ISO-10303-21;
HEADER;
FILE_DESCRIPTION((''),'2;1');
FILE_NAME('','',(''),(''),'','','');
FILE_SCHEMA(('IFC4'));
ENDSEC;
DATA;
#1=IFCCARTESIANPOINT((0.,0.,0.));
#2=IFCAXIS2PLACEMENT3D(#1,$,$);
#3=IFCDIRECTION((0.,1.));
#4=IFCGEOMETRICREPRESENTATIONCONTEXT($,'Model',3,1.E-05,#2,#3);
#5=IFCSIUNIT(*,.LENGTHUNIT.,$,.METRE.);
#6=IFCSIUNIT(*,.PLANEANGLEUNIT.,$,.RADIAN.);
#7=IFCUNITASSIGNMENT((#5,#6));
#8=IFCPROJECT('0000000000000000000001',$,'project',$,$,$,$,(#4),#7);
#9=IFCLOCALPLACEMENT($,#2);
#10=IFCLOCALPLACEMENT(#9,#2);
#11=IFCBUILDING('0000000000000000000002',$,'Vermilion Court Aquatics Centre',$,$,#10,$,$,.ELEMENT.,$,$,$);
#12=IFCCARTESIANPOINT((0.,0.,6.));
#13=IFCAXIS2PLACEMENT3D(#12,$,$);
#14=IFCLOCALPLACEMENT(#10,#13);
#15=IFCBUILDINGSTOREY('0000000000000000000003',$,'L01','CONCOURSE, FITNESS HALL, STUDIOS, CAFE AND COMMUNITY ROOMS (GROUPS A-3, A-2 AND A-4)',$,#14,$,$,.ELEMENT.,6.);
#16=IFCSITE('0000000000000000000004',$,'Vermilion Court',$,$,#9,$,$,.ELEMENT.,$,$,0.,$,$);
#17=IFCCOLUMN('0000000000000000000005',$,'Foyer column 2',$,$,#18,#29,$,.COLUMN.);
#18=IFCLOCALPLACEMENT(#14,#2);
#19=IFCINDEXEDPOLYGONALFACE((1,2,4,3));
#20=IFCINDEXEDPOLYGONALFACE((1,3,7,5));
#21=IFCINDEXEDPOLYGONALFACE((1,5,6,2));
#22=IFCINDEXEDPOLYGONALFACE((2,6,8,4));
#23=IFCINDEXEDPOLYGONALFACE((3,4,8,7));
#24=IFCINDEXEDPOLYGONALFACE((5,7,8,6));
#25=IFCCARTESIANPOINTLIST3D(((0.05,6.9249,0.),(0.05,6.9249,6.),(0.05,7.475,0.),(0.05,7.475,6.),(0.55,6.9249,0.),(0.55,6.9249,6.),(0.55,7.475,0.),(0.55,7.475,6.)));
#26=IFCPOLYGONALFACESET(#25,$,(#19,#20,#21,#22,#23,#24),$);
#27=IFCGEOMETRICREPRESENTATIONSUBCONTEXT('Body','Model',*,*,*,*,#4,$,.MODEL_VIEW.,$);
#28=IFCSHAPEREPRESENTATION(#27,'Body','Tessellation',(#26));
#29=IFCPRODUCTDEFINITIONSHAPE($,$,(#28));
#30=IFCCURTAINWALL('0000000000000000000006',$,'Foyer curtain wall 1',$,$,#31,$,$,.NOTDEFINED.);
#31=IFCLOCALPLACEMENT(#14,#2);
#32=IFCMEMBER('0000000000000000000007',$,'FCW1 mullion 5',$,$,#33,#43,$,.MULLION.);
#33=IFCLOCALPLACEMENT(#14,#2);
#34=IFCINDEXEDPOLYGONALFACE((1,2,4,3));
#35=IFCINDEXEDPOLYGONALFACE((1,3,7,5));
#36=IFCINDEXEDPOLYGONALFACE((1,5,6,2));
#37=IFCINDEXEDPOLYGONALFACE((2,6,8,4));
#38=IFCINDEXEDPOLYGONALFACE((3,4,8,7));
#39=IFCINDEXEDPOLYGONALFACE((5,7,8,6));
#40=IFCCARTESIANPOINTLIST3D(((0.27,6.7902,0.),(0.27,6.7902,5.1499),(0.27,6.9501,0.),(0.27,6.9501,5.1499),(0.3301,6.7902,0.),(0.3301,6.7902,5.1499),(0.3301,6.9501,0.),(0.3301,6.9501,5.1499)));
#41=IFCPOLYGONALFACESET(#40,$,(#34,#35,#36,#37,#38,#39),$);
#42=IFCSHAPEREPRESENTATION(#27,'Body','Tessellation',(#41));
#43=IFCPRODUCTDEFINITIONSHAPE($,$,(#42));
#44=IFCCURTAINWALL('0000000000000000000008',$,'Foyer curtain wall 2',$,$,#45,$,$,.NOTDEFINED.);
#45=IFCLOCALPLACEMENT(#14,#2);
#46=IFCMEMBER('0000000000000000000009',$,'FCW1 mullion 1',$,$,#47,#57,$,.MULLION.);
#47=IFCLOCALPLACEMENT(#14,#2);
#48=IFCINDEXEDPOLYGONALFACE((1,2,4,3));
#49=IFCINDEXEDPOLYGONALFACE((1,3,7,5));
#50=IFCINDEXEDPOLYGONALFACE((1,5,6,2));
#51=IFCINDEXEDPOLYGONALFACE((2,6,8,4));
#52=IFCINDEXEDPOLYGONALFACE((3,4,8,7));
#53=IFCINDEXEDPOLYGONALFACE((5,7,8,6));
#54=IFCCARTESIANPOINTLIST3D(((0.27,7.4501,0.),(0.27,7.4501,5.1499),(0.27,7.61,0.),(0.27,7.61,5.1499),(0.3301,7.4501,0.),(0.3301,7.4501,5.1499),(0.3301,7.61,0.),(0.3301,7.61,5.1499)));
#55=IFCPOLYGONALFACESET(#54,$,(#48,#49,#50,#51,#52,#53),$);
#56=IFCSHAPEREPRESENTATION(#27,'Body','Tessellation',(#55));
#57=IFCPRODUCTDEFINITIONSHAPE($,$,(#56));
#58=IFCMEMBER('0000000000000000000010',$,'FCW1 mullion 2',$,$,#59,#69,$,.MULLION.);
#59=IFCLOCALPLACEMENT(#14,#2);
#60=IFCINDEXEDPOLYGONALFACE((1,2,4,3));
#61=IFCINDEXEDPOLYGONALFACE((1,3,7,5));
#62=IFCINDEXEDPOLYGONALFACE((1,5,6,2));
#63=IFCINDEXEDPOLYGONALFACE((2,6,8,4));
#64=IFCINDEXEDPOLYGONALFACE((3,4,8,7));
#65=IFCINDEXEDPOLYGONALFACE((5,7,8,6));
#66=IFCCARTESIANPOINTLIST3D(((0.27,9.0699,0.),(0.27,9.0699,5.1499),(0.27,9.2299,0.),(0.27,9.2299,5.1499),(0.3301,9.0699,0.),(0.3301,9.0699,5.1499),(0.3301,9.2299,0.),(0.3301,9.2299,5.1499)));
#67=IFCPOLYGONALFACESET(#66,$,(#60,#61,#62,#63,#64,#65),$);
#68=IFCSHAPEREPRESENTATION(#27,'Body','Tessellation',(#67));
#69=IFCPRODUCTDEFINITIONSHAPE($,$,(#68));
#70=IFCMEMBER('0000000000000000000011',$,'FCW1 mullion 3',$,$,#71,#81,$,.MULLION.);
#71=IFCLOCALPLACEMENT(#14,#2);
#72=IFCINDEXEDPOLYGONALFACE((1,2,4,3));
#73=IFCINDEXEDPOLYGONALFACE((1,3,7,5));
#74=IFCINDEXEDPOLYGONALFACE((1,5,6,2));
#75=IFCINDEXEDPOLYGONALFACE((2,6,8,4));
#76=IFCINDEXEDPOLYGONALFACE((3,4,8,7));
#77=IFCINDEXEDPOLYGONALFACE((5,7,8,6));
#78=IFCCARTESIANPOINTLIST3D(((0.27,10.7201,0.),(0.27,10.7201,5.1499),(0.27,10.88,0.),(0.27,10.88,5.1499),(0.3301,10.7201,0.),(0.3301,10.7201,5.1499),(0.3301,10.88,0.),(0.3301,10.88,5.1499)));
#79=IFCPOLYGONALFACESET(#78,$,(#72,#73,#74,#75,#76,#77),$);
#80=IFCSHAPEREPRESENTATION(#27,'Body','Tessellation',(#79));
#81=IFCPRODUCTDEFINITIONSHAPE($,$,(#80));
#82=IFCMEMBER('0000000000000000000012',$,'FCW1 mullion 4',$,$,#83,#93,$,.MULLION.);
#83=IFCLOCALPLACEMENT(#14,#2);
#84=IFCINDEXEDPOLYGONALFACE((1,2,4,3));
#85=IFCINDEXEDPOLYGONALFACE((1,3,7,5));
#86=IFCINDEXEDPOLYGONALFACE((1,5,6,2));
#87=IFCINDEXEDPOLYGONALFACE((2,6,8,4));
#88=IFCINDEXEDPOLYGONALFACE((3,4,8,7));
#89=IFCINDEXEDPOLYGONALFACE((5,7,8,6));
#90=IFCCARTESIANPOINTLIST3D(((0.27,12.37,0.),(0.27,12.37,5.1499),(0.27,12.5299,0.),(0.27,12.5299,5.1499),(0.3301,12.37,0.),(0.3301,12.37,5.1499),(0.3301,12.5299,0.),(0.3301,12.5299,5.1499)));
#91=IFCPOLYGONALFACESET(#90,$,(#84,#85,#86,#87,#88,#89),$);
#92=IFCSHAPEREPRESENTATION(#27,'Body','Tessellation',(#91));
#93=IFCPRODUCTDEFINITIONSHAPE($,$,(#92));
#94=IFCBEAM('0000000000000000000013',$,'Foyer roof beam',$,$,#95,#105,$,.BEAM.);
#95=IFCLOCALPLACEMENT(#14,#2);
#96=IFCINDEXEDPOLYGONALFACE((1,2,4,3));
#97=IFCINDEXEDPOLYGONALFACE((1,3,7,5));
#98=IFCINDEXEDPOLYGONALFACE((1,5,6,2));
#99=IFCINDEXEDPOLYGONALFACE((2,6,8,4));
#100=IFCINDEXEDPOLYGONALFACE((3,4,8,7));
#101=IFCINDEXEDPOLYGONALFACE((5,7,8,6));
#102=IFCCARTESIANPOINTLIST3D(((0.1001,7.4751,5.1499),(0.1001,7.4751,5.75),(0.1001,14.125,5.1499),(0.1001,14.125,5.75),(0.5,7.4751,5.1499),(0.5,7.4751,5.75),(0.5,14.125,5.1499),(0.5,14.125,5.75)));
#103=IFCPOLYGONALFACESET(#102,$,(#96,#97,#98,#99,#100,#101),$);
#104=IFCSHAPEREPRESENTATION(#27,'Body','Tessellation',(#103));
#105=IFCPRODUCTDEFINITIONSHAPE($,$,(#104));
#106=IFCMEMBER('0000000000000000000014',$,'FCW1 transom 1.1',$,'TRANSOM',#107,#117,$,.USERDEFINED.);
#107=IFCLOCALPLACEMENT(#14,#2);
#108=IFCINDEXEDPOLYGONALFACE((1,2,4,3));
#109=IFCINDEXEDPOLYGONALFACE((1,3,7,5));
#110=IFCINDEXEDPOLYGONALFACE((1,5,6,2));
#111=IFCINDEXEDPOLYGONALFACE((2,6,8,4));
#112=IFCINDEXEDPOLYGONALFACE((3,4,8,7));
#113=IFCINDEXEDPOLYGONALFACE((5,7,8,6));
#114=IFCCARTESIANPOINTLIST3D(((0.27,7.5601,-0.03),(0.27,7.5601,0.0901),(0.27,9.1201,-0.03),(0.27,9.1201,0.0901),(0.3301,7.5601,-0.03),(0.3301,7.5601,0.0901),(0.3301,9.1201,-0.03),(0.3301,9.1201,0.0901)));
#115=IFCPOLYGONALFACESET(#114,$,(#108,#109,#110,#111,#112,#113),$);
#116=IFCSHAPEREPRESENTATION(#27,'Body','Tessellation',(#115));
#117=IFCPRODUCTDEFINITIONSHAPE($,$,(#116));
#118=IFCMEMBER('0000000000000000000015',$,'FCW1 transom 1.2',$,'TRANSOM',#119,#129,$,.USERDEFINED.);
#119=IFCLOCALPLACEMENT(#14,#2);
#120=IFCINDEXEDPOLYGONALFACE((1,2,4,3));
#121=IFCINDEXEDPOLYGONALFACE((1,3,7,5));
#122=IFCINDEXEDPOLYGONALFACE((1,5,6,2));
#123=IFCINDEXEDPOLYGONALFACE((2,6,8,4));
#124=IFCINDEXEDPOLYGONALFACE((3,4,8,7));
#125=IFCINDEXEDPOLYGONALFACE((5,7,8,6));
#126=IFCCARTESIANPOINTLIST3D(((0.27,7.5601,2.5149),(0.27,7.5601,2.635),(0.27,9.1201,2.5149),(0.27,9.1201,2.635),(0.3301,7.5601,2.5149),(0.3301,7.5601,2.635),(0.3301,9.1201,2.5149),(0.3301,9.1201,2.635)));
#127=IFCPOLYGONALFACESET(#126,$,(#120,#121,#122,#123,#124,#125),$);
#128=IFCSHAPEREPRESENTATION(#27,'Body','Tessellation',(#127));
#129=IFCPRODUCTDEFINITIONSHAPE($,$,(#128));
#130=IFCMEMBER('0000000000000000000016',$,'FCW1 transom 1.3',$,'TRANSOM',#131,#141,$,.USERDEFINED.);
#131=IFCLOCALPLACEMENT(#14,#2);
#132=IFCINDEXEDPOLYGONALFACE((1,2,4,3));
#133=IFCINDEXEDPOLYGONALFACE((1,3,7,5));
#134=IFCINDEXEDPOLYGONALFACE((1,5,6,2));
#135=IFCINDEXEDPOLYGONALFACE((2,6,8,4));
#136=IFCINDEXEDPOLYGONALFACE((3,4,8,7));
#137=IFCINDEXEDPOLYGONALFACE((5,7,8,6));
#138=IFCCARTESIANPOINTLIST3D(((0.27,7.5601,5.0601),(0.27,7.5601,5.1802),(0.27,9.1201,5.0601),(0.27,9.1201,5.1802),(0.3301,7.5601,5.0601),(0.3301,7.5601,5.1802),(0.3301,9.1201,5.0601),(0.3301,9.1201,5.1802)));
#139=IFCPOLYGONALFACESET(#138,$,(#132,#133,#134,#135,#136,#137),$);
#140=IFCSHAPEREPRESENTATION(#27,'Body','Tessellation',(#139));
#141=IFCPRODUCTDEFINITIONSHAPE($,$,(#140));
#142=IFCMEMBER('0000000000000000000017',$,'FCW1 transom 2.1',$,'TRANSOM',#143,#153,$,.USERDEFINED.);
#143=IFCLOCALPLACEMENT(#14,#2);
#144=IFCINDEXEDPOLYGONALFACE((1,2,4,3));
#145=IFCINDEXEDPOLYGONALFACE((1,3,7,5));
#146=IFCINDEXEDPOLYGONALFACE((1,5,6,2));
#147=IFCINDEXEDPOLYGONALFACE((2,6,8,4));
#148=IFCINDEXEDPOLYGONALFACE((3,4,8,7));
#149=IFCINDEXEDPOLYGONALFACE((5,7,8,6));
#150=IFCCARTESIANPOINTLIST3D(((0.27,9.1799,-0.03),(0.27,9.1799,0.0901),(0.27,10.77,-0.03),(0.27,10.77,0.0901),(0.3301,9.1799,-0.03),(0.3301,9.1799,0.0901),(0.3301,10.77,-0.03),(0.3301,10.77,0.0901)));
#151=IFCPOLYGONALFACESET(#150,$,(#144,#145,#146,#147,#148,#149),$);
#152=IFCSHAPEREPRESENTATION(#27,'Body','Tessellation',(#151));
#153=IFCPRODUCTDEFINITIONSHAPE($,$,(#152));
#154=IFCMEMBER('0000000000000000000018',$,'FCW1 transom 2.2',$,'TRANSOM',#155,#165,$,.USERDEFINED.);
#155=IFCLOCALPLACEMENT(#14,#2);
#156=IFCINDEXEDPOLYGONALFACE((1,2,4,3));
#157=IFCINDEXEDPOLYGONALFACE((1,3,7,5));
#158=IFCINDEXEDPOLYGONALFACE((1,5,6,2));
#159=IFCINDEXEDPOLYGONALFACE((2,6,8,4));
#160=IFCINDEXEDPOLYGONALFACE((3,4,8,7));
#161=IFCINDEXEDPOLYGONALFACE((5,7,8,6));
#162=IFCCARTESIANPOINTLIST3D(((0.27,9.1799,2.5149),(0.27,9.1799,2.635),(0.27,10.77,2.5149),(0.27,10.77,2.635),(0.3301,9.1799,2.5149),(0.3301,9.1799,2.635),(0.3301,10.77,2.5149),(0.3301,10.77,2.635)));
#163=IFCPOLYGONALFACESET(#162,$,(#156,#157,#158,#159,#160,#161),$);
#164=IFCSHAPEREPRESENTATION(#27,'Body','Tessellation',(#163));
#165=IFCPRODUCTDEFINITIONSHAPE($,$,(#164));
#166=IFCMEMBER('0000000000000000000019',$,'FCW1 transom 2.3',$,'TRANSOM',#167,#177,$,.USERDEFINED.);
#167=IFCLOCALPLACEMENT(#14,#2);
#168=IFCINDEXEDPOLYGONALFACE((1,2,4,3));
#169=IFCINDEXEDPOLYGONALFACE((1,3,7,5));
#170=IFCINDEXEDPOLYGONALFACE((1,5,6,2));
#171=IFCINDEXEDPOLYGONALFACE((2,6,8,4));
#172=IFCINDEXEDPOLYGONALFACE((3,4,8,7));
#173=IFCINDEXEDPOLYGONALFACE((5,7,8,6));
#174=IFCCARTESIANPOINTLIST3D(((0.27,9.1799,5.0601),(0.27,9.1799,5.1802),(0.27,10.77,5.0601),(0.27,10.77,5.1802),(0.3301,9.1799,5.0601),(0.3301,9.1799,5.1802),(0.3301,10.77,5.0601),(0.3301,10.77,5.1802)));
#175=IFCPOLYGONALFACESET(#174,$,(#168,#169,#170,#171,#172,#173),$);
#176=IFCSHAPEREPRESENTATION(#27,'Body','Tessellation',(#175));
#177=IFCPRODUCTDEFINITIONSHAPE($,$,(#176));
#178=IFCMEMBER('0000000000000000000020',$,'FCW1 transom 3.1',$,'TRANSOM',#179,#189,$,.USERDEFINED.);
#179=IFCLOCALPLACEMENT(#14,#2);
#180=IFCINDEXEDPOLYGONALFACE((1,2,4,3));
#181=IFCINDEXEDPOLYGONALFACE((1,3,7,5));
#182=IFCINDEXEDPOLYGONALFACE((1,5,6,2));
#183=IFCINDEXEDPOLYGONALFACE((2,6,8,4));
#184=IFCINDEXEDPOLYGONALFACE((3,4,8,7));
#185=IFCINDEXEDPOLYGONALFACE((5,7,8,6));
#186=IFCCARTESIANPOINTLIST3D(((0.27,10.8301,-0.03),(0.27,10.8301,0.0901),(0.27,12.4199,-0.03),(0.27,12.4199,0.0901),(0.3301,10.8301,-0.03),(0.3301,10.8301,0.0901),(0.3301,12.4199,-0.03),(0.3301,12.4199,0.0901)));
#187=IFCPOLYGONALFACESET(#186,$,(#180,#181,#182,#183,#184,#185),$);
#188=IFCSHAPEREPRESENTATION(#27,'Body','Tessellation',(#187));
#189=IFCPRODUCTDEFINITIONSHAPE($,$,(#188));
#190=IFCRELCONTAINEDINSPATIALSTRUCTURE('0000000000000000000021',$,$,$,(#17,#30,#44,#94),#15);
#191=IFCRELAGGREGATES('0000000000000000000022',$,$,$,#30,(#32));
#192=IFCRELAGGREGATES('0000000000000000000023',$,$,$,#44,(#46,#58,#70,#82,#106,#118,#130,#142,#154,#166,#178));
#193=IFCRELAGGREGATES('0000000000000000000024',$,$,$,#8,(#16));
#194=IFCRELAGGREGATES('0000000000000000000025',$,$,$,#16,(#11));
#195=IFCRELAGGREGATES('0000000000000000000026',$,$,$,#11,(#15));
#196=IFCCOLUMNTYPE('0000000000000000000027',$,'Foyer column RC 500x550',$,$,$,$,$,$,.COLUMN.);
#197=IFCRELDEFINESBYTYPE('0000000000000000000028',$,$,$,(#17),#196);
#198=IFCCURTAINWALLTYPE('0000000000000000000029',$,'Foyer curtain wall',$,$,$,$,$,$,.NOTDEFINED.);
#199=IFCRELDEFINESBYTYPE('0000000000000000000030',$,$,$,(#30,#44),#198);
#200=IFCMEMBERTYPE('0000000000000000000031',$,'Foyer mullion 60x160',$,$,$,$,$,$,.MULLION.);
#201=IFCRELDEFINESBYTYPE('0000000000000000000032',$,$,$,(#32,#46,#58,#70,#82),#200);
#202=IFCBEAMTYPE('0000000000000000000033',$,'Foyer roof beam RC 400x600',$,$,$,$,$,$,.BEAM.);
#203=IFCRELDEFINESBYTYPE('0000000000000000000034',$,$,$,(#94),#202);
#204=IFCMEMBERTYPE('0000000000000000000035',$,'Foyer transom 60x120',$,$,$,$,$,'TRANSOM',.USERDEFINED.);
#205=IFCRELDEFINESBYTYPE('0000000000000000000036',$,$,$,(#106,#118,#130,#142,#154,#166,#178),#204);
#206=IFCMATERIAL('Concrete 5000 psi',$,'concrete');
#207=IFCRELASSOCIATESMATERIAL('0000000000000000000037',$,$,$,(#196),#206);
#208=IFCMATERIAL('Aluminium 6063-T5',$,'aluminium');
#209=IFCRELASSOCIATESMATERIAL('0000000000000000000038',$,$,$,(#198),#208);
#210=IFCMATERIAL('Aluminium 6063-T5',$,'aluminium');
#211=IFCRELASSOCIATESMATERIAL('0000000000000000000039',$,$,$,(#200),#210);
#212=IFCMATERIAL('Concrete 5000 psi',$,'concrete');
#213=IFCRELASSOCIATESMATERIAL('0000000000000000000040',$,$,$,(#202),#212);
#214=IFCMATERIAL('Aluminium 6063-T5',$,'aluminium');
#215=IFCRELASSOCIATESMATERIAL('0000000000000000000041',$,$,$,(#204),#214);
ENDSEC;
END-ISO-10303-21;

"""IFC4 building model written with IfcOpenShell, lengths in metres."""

from ifc_helpers import new_model, si_unit, direction, frame, origin, origin_2d, place, context, subcontext, project, spatial, rectangle, extrude, material, material_profile, profile_set, type_object, element, aggregate, save


model = new_model("IFC4")

# Units and contexts
model_context = context("Model", 3, precision=1e-05, world=origin(), true_north=direction((0.0, 1.0)))
body_context = subcontext(model_context, "Body", "Model", "MODEL_VIEW")
ifc_project = project(units=[si_unit("LENGTHUNIT", "METRE"), si_unit("PLANEANGLEUNIT", "RADIAN")], contexts=[model_context])

# Site, building, storey
site_placement = place(None, origin())
site = spatial("IfcSite", under=ifc_project, at=site_placement, Name="Vermilion Court", CompositionType="ELEMENT", RefElevation=0.0)
building_placement = place(site_placement, origin())
building = spatial("IfcBuilding", under=site, at=building_placement, Name="Vermilion Court Aquatics Centre", CompositionType="ELEMENT")
storey_placement = place(building_placement, frame((0.0, 0.0, 6.0)))
storey = spatial("IfcBuildingStorey", under=building, at=storey_placement, Name="L01", Description="CONCOURSE, FITNESS HALL, STUDIOS, CAFE AND COMMUNITY ROOMS (GROUPS A-3, A-2 AND A-4)", CompositionType="ELEMENT", Elevation=6.0)

# Column
ifc_material_1 = material(Name="Concrete 5000 psi", Category="concrete")
ifc_material_profile_1 = material_profile(ifc_material_1, rectangle(XDim=0.5, YDim=0.55, at=origin_2d()), Name="RC 500x550")
ifc_profile_set_1 = profile_set([ifc_material_profile_1], Name="Concrete 5000 psi")
column_type = type_object("IfcColumnType", Name="Foyer column RC 500x550", PredefinedType="COLUMN", material=ifc_profile_set_1)
column_placement = place(storey_placement, frame((0.3, 7.2, 0.0), z_axis=(0.0, 0.0, 1.0), x_axis=(1.0, 0.0, 0.0)))
element("IfcColumn", 1, at=column_placement, inside=storey, type_object=column_type, Name="Foyer column 2", PredefinedType="COLUMN", context=body_context, shape_type="SweptSolid", body=[
    extrude(rectangle(XDim=0.5, YDim=0.55, at=origin_2d()), origin(), (0.0, 0.0, 1.0), 6.0),
])

# Curtain wall, member
ifc_material_2 = material(Name="Aluminium 6063-T5", Category="aluminium")
curtain_wall_type = type_object("IfcCurtainWallType", Name="Foyer curtain wall", PredefinedType="NOTDEFINED", material=ifc_material_2)
curtain_wall_1_placement = place(storey_placement, origin())
curtain_wall_1 = element("IfcCurtainWall", 2, at=curtain_wall_1_placement, inside=storey, type_object=curtain_wall_type, Name="Foyer curtain wall 1", PredefinedType="NOTDEFINED")
ifc_material_3 = material(Name="Aluminium 6063-T5", Category="aluminium")
ifc_material_profile_2 = material_profile(ifc_material_3, rectangle(XDim=0.0601, YDim=0.1599, at=origin_2d()), Name="Aluminium 60x160")
ifc_profile_set_2 = profile_set([ifc_material_profile_2], Name="Aluminium 6063-T5")
member_type_1 = type_object("IfcMemberType", Name="Foyer mullion 60x160", PredefinedType="MULLION", material=ifc_profile_set_2)
member_1_placement = place(storey_placement, frame((0.3, 6.8701, 0.0), z_axis=(0.0, 0.0, 1.0), x_axis=(-1.0, 0.0, 0.0)))
member_1 = element("IfcMember", 3, at=member_1_placement, type_object=member_type_1, Name="FCW1 mullion 5", PredefinedType="MULLION", context=body_context, shape_type="SweptSolid", body=[
    extrude(rectangle(XDim=0.0601, YDim=0.1599, at=origin_2d()), origin(), (0.0, 0.0, 1.0), 5.1499),
])
aggregate(curtain_wall_1, [member_1])

# Curtain wall, members
curtain_wall_2_placement = place(storey_placement, origin())
curtain_wall_2 = element("IfcCurtainWall", 4, at=curtain_wall_2_placement, inside=storey, type_object=curtain_wall_type, Name="Foyer curtain wall 2", PredefinedType="NOTDEFINED")
member_2_placement = place(storey_placement, frame((0.3, 7.53, 0.0), z_axis=(0.0, 0.0, 1.0), x_axis=(-1.0, 0.0, 0.0)))
member_2 = element("IfcMember", 5, at=member_2_placement, type_object=member_type_1, Name="FCW1 mullion 1", PredefinedType="MULLION", context=body_context, shape_type="SweptSolid", body=[
    extrude(rectangle(XDim=0.0601, YDim=0.1599, at=origin_2d()), origin(), (0.0, 0.0, 1.0), 5.1499),
])
member_3_placement = place(storey_placement, frame((0.3, 9.1499, 0.0), z_axis=(0.0, 0.0, 1.0), x_axis=(-1.0, 0.0, 0.0)))
member_3 = element("IfcMember", 6, at=member_3_placement, type_object=member_type_1, Name="FCW1 mullion 2", PredefinedType="MULLION", context=body_context, shape_type="SweptSolid", body=[
    extrude(rectangle(XDim=0.0601, YDim=0.1599, at=origin_2d()), origin(), (0.0, 0.0, 1.0), 5.1499),
])
member_4_placement = place(storey_placement, frame((0.3, 10.8, 0.0), z_axis=(0.0, 0.0, 1.0), x_axis=(-1.0, 0.0, 0.0)))
member_4 = element("IfcMember", 7, at=member_4_placement, type_object=member_type_1, Name="FCW1 mullion 3", PredefinedType="MULLION", context=body_context, shape_type="SweptSolid", body=[
    extrude(rectangle(XDim=0.0601, YDim=0.1599, at=origin_2d()), origin(), (0.0, 0.0, 1.0), 5.1499),
])
member_5_placement = place(storey_placement, frame((0.3, 12.45, 0.0), z_axis=(0.0, 0.0, 1.0), x_axis=(-1.0, 0.0, 0.0)))
member_5 = element("IfcMember", 8, at=member_5_placement, type_object=member_type_1, Name="FCW1 mullion 4", PredefinedType="MULLION", context=body_context, shape_type="SweptSolid", body=[
    extrude(rectangle(XDim=0.0601, YDim=0.1599, at=origin_2d()), origin(), (0.0, 0.0, 1.0), 5.1499),
])

# Beam
ifc_material_4 = material(Name="Concrete 5000 psi", Category="concrete")
ifc_material_profile_3 = material_profile(ifc_material_4, rectangle(XDim=0.3999, YDim=0.6001, at=origin_2d()), Name="RC 400x600")
ifc_profile_set_3 = profile_set([ifc_material_profile_3], Name="Concrete 5000 psi")
beam_type = type_object("IfcBeamType", Name="Foyer roof beam RC 400x600", PredefinedType="BEAM", material=ifc_profile_set_3)
beam_placement = place(storey_placement, frame((0.3, 7.4751, 5.45), z_axis=(0.0, 1.0, 0.0), x_axis=(-1.0, 0.0, 0.0)))
element("IfcBeam", 9, at=beam_placement, inside=storey, type_object=beam_type, Name="Foyer roof beam", PredefinedType="BEAM", context=body_context, shape_type="SweptSolid", body=[
    extrude(rectangle(XDim=0.3999, YDim=0.6001, at=origin_2d()), origin(), (0.0, 0.0, 1.0), 6.6499),
])

# Members
ifc_material_5 = material(Name="Aluminium 6063-T5", Category="aluminium")
ifc_material_profile_4 = material_profile(ifc_material_5, rectangle(XDim=0.0601, YDim=0.1201, at=origin_2d()), Name="Aluminium 60x120")
ifc_profile_set_4 = profile_set([ifc_material_profile_4], Name="Aluminium 6063-T5")
member_type_2 = type_object("IfcMemberType", Name="Foyer transom 60x120", ElementType="TRANSOM", PredefinedType="USERDEFINED", material=ifc_profile_set_4)
member_6_placement = place(storey_placement, frame((0.3, 7.5601, 0.03), z_axis=(0.0, 1.0, 0.0), x_axis=(-1.0, 0.0, 0.0)))
member_6 = element("IfcMember", 10, at=member_6_placement, type_object=member_type_2, Name="FCW1 transom 1.1", ObjectType="TRANSOM", PredefinedType="USERDEFINED", context=body_context, shape_type="SweptSolid", body=[
    extrude(rectangle(XDim=0.0601, YDim=0.1201, at=origin_2d()), origin(), (0.0, 0.0, 1.0), 1.5601),
])
member_7_placement = place(storey_placement, frame((0.3, 7.5601, 2.575), z_axis=(0.0, 1.0, 0.0), x_axis=(-1.0, 0.0, 0.0)))
member_7 = element("IfcMember", 11, at=member_7_placement, type_object=member_type_2, Name="FCW1 transom 1.2", ObjectType="TRANSOM", PredefinedType="USERDEFINED", context=body_context, shape_type="SweptSolid", body=[
    extrude(rectangle(XDim=0.0601, YDim=0.1201, at=origin_2d()), origin(), (0.0, 0.0, 1.0), 1.5601),
])
member_8_placement = place(storey_placement, frame((0.3, 7.5601, 5.1201), z_axis=(0.0, 1.0, 0.0), x_axis=(-1.0, 0.0, 0.0)))
member_8 = element("IfcMember", 12, at=member_8_placement, type_object=member_type_2, Name="FCW1 transom 1.3", ObjectType="TRANSOM", PredefinedType="USERDEFINED", context=body_context, shape_type="SweptSolid", body=[
    extrude(rectangle(XDim=0.0601, YDim=0.1201, at=origin_2d()), origin(), (0.0, 0.0, 1.0), 1.5601),
])
member_9_placement = place(storey_placement, frame((0.3, 9.1799, 0.03), z_axis=(0.0, 1.0, 0.0), x_axis=(-1.0, 0.0, 0.0)))
member_9 = element("IfcMember", 13, at=member_9_placement, type_object=member_type_2, Name="FCW1 transom 2.1", ObjectType="TRANSOM", PredefinedType="USERDEFINED", context=body_context, shape_type="SweptSolid", body=[
    extrude(rectangle(XDim=0.0601, YDim=0.1201, at=origin_2d()), origin(), (0.0, 0.0, 1.0), 1.5901),
])
member_10_placement = place(storey_placement, frame((0.3, 9.1799, 2.575), z_axis=(0.0, 1.0, 0.0), x_axis=(-1.0, 0.0, 0.0)))
member_10 = element("IfcMember", 14, at=member_10_placement, type_object=member_type_2, Name="FCW1 transom 2.2", ObjectType="TRANSOM", PredefinedType="USERDEFINED", context=body_context, shape_type="SweptSolid", body=[
    extrude(rectangle(XDim=0.0601, YDim=0.1201, at=origin_2d()), origin(), (0.0, 0.0, 1.0), 1.5901),
])
member_11_placement = place(storey_placement, frame((0.3, 9.1799, 5.1201), z_axis=(0.0, 1.0, 0.0), x_axis=(-1.0, 0.0, 0.0)))
member_11 = element("IfcMember", 15, at=member_11_placement, type_object=member_type_2, Name="FCW1 transom 2.3", ObjectType="TRANSOM", PredefinedType="USERDEFINED", context=body_context, shape_type="SweptSolid", body=[
    extrude(rectangle(XDim=0.0601, YDim=0.1201, at=origin_2d()), origin(), (0.0, 0.0, 1.0), 1.5901),
])
member_12_placement = place(storey_placement, frame((0.3, 10.8301, 0.03), z_axis=(0.0, 1.0, 0.0), x_axis=(-1.0, 0.0, 0.0)))
member_12 = element("IfcMember", 16, at=member_12_placement, type_object=member_type_2, Name="FCW1 transom 3.1", ObjectType="TRANSOM", PredefinedType="USERDEFINED", context=body_context, shape_type="SweptSolid", body=[
    extrude(rectangle(XDim=0.0601, YDim=0.1201, at=origin_2d()), origin(), (0.0, 0.0, 1.0), 1.5898),
])

aggregate(curtain_wall_2, [member_2, member_3, member_4, member_5, member_6, member_7, member_8, member_9, member_10, member_11, member_12])

save(model, "model.ifc")
